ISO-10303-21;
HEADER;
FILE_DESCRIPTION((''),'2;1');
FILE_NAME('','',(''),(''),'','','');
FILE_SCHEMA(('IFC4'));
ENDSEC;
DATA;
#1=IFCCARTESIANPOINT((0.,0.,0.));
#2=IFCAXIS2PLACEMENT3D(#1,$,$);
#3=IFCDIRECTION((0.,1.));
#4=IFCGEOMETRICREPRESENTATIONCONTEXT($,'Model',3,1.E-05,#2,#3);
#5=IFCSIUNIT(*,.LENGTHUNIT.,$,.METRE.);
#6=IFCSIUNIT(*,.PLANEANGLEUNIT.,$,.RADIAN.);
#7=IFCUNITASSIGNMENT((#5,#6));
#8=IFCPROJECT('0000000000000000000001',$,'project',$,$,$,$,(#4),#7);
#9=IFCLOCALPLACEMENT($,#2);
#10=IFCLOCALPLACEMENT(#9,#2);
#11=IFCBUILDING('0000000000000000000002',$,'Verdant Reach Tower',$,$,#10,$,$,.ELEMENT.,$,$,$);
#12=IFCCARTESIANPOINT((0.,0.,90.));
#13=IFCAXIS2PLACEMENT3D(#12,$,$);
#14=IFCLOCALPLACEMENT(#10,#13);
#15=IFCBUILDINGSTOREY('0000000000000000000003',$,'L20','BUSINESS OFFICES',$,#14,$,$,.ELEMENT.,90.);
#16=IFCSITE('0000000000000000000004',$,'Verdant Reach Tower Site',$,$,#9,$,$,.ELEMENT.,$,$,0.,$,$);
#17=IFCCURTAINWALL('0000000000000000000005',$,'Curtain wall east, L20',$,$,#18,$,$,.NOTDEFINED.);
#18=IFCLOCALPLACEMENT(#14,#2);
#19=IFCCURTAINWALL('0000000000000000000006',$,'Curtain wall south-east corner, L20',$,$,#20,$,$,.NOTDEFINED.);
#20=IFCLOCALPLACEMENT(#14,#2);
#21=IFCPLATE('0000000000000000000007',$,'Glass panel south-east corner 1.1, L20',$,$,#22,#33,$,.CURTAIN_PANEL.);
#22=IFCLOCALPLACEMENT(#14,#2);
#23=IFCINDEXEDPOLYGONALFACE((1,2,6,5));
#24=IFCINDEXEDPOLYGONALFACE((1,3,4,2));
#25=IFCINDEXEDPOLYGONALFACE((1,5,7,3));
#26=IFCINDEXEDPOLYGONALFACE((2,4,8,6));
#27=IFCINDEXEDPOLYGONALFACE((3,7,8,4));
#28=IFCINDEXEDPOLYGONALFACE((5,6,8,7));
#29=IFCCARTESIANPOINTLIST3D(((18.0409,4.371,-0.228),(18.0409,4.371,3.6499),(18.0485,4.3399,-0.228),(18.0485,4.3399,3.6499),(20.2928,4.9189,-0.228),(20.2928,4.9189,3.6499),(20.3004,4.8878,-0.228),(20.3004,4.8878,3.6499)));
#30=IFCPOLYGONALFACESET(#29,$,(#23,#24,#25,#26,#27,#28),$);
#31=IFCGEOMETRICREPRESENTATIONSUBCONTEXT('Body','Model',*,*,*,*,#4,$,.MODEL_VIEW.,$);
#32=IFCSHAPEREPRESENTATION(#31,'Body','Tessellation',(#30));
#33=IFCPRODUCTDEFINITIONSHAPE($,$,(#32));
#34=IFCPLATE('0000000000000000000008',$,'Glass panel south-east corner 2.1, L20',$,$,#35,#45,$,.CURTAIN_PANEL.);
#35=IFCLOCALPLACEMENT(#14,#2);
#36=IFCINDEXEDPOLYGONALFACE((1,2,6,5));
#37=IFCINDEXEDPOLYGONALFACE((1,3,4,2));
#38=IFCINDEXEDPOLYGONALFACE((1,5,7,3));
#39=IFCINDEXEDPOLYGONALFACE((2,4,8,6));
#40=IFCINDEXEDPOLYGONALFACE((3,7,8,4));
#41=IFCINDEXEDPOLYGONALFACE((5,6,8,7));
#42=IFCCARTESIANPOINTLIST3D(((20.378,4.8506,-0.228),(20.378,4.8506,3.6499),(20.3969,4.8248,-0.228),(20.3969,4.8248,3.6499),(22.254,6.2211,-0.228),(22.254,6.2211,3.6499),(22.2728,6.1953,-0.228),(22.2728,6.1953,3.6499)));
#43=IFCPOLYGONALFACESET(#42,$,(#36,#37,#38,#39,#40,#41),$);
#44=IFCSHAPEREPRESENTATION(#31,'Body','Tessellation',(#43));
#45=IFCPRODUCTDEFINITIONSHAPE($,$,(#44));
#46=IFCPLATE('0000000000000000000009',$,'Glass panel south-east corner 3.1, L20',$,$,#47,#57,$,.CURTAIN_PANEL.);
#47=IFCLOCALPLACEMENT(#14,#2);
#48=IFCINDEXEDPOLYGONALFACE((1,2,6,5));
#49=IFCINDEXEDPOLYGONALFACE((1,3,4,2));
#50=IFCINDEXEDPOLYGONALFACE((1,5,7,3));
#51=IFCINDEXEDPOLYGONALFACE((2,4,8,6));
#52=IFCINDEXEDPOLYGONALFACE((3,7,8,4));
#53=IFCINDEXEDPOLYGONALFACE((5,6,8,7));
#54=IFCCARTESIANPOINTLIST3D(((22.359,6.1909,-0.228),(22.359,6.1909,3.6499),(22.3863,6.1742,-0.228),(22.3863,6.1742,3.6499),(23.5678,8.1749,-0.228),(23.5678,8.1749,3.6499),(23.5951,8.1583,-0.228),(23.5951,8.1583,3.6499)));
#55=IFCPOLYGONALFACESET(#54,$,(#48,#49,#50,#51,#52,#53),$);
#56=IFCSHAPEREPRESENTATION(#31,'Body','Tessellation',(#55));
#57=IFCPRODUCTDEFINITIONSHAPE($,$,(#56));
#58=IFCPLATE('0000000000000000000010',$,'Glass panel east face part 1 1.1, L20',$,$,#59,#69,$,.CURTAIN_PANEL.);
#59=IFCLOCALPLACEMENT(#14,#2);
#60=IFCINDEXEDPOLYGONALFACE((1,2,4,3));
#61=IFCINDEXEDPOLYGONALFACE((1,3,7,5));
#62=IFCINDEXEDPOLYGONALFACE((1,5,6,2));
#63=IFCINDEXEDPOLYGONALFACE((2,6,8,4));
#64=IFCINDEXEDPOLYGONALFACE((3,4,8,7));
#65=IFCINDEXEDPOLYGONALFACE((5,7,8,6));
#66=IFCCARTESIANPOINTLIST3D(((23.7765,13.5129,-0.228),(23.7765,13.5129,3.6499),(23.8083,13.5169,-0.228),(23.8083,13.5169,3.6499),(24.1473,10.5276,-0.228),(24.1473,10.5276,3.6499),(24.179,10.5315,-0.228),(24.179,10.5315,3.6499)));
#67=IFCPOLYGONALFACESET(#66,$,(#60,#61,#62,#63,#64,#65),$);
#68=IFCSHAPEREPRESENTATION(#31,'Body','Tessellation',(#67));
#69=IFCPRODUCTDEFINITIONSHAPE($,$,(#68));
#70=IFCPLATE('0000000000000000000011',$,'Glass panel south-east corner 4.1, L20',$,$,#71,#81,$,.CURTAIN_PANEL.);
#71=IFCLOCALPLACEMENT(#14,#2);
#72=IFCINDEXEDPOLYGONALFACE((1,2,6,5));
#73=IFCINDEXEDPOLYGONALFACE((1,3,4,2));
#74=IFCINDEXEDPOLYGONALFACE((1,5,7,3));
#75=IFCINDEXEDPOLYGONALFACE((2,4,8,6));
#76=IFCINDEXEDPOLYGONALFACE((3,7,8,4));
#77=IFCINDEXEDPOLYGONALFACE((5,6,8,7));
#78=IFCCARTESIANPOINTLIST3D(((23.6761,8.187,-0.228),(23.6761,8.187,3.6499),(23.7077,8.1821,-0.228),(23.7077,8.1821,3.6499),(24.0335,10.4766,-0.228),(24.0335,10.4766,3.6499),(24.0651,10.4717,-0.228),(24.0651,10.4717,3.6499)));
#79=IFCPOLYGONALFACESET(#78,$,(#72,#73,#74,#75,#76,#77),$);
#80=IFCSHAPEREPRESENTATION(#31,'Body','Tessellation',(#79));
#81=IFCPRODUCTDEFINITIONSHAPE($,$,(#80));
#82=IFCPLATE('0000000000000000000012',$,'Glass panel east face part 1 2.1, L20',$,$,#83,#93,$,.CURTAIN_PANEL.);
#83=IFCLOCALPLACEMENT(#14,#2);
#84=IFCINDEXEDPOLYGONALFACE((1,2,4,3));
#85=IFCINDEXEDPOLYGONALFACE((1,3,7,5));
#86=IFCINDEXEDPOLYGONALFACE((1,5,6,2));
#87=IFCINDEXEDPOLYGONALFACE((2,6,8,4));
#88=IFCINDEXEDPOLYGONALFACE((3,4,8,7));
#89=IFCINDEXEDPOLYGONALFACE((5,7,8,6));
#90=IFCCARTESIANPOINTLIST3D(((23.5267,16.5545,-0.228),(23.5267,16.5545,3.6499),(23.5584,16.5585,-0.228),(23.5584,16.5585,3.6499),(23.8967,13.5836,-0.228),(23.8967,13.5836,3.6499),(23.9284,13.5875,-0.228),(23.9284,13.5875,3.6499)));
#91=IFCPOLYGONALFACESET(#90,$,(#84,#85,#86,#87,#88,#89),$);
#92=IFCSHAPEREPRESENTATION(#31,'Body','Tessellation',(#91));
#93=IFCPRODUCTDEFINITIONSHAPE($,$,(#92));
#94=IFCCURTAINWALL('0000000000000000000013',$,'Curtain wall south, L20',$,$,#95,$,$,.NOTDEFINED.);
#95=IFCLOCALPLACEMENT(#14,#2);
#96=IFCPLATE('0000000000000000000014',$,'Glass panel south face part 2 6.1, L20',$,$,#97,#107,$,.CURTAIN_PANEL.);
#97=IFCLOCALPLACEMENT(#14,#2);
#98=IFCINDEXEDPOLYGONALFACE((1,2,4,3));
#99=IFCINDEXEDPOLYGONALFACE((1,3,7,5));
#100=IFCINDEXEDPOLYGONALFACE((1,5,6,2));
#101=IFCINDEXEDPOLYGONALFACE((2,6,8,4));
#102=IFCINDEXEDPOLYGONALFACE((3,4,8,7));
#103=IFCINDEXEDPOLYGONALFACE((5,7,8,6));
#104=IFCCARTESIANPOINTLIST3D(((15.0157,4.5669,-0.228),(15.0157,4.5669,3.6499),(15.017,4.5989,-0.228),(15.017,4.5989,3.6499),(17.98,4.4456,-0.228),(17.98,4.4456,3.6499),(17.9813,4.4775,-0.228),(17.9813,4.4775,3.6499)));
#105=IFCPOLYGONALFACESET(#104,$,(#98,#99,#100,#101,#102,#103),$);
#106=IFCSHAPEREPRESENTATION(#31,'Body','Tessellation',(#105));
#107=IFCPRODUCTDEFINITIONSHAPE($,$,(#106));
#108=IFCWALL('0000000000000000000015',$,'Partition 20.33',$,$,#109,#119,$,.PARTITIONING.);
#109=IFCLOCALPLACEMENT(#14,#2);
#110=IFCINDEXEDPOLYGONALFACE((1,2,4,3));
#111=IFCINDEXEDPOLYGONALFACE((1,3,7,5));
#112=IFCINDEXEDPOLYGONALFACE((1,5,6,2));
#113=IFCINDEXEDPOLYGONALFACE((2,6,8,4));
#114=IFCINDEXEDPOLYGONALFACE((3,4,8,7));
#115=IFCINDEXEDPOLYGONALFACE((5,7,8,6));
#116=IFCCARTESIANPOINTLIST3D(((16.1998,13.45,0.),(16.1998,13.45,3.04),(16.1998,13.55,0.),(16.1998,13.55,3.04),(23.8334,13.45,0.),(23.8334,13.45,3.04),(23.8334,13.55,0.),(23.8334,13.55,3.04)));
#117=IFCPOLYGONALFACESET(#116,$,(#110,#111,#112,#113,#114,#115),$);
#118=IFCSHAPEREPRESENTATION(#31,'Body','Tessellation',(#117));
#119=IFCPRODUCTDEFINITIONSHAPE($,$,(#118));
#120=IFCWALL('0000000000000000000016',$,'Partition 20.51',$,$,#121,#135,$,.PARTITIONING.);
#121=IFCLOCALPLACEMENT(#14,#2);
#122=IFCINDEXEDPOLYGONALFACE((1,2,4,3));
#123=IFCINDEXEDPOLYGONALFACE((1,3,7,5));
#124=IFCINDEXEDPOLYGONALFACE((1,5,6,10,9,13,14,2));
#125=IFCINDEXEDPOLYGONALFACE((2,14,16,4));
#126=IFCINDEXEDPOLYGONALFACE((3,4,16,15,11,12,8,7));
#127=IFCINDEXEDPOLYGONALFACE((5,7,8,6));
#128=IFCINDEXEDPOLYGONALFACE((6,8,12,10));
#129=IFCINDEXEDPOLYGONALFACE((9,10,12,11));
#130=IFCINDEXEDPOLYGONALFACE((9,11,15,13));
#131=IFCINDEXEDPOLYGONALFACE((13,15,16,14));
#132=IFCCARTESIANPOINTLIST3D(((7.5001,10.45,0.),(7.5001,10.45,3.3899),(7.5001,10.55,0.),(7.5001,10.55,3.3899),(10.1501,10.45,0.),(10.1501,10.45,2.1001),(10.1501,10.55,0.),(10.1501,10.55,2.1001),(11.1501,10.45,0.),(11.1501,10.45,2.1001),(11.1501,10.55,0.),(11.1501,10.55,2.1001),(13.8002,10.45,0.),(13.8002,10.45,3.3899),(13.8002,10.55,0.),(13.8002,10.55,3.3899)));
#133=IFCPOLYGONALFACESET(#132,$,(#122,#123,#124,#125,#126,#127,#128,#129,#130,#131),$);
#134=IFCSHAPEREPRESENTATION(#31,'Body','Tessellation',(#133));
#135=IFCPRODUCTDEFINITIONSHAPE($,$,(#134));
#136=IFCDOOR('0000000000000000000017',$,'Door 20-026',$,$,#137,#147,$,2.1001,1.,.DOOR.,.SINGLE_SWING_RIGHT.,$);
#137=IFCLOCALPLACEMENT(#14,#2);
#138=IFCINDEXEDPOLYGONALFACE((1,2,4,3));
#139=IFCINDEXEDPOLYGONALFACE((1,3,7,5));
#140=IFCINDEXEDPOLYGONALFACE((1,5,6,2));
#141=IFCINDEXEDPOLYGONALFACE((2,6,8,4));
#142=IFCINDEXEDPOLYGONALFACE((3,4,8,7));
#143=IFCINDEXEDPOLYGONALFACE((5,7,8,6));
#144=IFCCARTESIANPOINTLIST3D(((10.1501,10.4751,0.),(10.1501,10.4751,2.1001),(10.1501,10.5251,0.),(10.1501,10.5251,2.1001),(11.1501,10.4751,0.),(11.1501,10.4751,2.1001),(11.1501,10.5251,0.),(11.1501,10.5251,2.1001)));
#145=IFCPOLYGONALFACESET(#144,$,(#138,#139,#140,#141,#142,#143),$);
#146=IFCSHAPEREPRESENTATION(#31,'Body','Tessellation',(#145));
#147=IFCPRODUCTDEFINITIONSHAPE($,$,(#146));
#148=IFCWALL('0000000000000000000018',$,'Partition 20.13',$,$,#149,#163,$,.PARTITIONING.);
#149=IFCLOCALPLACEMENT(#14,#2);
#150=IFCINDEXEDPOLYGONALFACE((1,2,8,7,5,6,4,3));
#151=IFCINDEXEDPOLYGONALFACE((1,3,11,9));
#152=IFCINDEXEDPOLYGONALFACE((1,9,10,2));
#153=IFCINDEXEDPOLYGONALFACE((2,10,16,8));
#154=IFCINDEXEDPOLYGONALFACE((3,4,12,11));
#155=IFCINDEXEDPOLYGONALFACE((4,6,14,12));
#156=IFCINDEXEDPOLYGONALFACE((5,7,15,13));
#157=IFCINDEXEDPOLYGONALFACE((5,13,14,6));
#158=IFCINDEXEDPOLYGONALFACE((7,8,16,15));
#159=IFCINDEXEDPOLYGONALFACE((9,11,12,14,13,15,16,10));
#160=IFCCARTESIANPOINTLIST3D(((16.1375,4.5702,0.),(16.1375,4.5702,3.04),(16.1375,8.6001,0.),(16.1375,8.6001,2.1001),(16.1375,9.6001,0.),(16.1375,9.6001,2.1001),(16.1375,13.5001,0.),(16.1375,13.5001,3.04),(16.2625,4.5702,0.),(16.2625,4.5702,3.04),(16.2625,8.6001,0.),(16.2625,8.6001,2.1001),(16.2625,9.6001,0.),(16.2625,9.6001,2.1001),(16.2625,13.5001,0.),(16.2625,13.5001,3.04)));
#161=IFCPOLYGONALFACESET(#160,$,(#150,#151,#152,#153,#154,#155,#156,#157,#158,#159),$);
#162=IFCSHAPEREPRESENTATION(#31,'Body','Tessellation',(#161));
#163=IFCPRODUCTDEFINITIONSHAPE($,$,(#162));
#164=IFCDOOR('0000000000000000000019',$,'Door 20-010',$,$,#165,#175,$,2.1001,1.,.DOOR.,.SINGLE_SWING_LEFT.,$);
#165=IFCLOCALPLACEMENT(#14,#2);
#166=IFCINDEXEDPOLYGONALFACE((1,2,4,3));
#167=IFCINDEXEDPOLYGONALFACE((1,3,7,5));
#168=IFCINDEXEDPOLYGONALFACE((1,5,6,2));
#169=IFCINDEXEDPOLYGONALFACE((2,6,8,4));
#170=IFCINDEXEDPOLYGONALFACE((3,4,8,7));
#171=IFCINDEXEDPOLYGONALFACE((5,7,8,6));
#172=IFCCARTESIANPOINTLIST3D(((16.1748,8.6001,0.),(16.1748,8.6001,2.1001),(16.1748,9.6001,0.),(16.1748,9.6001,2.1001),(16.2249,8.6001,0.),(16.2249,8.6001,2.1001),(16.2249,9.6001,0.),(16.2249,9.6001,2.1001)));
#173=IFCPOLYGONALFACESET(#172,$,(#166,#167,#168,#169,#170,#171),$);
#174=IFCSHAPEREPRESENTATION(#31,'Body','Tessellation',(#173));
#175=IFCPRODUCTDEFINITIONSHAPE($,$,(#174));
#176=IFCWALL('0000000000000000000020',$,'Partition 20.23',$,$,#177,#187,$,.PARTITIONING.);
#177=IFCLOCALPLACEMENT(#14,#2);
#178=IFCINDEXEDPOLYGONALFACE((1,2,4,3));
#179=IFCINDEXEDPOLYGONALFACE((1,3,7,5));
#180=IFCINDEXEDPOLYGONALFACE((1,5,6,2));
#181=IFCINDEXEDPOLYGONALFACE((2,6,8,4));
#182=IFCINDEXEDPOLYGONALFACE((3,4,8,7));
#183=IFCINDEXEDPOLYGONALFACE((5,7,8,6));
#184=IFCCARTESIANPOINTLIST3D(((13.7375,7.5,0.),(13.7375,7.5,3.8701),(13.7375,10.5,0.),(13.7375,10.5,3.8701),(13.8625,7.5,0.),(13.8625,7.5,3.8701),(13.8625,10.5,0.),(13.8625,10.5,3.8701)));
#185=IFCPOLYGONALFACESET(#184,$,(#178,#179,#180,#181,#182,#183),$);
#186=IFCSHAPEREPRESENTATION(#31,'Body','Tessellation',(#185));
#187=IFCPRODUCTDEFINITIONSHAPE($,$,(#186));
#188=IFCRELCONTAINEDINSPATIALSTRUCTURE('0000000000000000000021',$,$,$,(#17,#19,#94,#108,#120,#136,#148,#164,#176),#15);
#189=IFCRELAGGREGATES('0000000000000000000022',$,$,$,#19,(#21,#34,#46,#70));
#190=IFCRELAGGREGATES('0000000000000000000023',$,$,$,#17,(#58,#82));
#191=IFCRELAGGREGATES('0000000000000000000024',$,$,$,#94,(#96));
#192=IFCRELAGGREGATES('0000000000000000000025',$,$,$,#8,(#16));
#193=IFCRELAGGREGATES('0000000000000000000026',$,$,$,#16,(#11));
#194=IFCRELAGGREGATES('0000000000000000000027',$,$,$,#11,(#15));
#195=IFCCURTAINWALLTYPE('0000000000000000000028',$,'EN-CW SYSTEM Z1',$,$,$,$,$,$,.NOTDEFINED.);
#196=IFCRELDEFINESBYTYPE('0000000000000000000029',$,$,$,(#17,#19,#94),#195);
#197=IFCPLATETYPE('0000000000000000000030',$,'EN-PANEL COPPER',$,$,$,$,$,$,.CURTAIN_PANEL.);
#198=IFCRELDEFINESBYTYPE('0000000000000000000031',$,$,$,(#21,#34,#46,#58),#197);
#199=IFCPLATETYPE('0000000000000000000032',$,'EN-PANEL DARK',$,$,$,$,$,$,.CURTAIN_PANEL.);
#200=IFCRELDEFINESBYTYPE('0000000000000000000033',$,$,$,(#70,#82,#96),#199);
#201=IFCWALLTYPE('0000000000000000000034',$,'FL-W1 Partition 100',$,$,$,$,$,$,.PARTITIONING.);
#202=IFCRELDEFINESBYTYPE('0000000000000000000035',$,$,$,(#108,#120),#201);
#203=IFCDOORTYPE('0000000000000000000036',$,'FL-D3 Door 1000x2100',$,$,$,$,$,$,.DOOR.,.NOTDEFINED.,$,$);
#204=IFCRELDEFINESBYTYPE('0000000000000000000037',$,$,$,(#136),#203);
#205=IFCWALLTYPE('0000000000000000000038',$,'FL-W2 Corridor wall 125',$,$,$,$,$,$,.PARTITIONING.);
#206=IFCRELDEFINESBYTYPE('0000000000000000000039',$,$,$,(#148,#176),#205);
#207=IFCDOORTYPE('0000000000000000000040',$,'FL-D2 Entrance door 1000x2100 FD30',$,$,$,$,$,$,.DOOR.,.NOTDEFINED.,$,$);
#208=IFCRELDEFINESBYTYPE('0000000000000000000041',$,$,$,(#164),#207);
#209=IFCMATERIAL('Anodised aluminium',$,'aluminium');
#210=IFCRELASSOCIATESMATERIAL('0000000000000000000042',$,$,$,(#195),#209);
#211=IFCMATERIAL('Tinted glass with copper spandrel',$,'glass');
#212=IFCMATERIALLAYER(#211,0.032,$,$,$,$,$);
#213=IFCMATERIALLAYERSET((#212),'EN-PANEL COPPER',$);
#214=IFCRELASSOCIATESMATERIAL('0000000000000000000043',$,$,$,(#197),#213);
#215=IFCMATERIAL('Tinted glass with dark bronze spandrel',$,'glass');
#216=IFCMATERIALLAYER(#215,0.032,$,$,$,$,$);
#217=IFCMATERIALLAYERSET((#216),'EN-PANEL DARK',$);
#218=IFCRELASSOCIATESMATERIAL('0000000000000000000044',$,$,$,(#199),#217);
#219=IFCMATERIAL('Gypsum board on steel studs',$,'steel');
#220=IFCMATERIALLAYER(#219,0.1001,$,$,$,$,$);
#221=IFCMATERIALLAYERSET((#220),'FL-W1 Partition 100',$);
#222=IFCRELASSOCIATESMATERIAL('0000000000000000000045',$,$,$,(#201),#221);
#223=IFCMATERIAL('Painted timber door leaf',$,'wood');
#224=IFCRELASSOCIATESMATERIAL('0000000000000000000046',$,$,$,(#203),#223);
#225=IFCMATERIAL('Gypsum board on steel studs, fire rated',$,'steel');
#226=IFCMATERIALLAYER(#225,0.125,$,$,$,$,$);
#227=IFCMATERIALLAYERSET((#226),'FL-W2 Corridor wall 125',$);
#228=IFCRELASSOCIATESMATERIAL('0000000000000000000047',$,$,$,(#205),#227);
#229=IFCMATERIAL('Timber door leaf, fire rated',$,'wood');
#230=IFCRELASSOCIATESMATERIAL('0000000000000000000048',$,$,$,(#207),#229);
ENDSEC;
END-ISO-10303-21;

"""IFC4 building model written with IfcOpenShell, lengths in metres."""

from ifc_helpers import new_model, si_unit, direction, frame, frame_2d, origin, origin_2d, place, context, subcontext, project, spatial, rectangle, extrude, material, layer, layer_set, type_object, element, fill, aggregate, save


model = new_model("IFC4")

# Units and contexts
model_context = context("Model", 3, precision=1e-05, world=origin(), true_north=direction((0.0, 1.0)))
body_context = subcontext(model_context, "Body", "Model", "MODEL_VIEW")
ifc_project = project(units=[si_unit("LENGTHUNIT", "METRE"), si_unit("PLANEANGLEUNIT", "RADIAN")], contexts=[model_context])

# Site, building, storey
site_placement = place(None, origin())
site = spatial("IfcSite", under=ifc_project, at=site_placement, Name="Verdant Reach Tower Site", CompositionType="ELEMENT", RefElevation=0.0)
building_placement = place(site_placement, origin())
building = spatial("IfcBuilding", under=site, at=building_placement, Name="Verdant Reach Tower", CompositionType="ELEMENT")
storey_placement = place(building_placement, frame((0.0, 0.0, 90.0)))
storey = spatial("IfcBuildingStorey", under=building, at=storey_placement, Name="L20", Description="BUSINESS OFFICES", CompositionType="ELEMENT", Elevation=90.0)

# Curtain wall
ifc_material_1 = material(Name="Anodised aluminium", Category="aluminium")
curtain_wall_type = type_object("IfcCurtainWallType", Name="EN-CW SYSTEM Z1", PredefinedType="NOTDEFINED", material=ifc_material_1)
curtain_wall_1_placement = place(storey_placement, origin())
curtain_wall_1 = element("IfcCurtainWall", 1, at=curtain_wall_1_placement, inside=storey, type_object=curtain_wall_type, Name="Curtain wall east, L20", PredefinedType="NOTDEFINED")

# Curtain wall, plates
curtain_wall_2_placement = place(storey_placement, origin())
curtain_wall_2 = element("IfcCurtainWall", 2, at=curtain_wall_2_placement, inside=storey, type_object=curtain_wall_type, Name="Curtain wall south-east corner, L20", PredefinedType="NOTDEFINED")
ifc_material_2 = material(Name="Tinted glass with copper spandrel", Category="glass")
ifc_layer_1 = layer(ifc_material_2, 0.032)
ifc_layer_set_1 = layer_set([ifc_layer_1], Name="EN-PANEL COPPER")
plate_type_1 = type_object("IfcPlateType", Name="EN-PANEL COPPER", PredefinedType="CURTAIN_PANEL", material=ifc_layer_set_1)
plate_1_placement = place(storey_placement, frame((19.1707, 4.6294, -0.228), z_axis=(0.0, 0.0, 1.0), x_axis=(0.971661, 0.23638, 0.0)))
plate_1 = element("IfcPlate", 3, at=plate_1_placement, type_object=plate_type_1, Name="Glass panel south-east corner 1.1, L20", PredefinedType="CURTAIN_PANEL", context=body_context, shape_type="SweptSolid", body=[
    extrude(rectangle(XDim=2.3176, YDim=0.032, at=origin_2d()), origin(), (0.0, 0.0, 1.0), 3.8779),
])
plate_2_placement = place(storey_placement, frame((21.3254, 5.5229, -0.228), z_axis=(0.0, 0.0, 1.0), x_axis=(0.807457, 0.589927, 0.0)))
plate_2 = element("IfcPlate", 4, at=plate_2_placement, type_object=plate_type_1, Name="Glass panel south-east corner 2.1, L20", PredefinedType="CURTAIN_PANEL", context=body_context, shape_type="SweptSolid", body=[
    extrude(rectangle(XDim=2.3232, YDim=0.032, at=origin_2d()), origin(), (0.0, 0.0, 1.0), 3.8779),
])
plate_3_placement = place(storey_placement, frame((22.9771, 7.1746, -0.228), z_axis=(0.0, 0.0, 1.0), x_axis=(0.520292, 0.853989, 0.0)))
plate_3 = element("IfcPlate", 5, at=plate_3_placement, type_object=plate_type_1, Name="Glass panel south-east corner 3.1, L20", PredefinedType="CURTAIN_PANEL", context=body_context, shape_type="SweptSolid", body=[
    extrude(rectangle(XDim=2.3232, YDim=0.032, at=origin_2d()), origin(), (0.0, 0.0, 1.0), 3.8779),
])

# Plates
plate_4_placement = place(storey_placement, frame((23.9778, 12.0222, -0.228), z_axis=(0.0, 0.0, 1.0), x_axis=(-0.123256, 0.992375, 0.0)))
plate_4 = element("IfcPlate", 6, at=plate_4_placement, type_object=plate_type_1, Name="Glass panel east face part 1 1.1, L20", PredefinedType="CURTAIN_PANEL", context=body_context, shape_type="SweptSolid", body=[
    extrude(rectangle(XDim=3.0083, YDim=0.032, at=origin_2d()), origin(), (0.0, 0.0, 1.0), 3.8779),
])
ifc_material_3 = material(Name="Tinted glass with dark bronze spandrel", Category="glass")
ifc_layer_2 = layer(ifc_material_3, 0.032)
ifc_layer_set_2 = layer_set([ifc_layer_2], Name="EN-PANEL DARK")
plate_type_2 = type_object("IfcPlateType", Name="EN-PANEL DARK", PredefinedType="CURTAIN_PANEL", material=ifc_layer_set_2)
plate_5_placement = place(storey_placement, frame((23.8706, 9.3293, -0.228), z_axis=(0.0, 0.0, 1.0), x_axis=(0.154248, 0.988032, 0.0)))
plate_5 = element("IfcPlate", 7, at=plate_5_placement, type_object=plate_type_2, Name="Glass panel south-east corner 4.1, L20", PredefinedType="CURTAIN_PANEL", context=body_context, shape_type="SweptSolid", body=[
    extrude(rectangle(XDim=2.3174, YDim=0.032, at=origin_2d()), origin(), (0.0, 0.0, 1.0), 3.8779),
])
aggregate(curtain_wall_2, [plate_1, plate_2, plate_3, plate_5])
plate_6_placement = place(storey_placement, frame((23.7275, 15.071, -0.228), z_axis=(0.0, 0.0, 1.0), x_axis=(-0.123579, 0.992335, 0.0)))
plate_6 = element("IfcPlate", 8, at=plate_6_placement, type_object=plate_type_2, Name="Glass panel east face part 1 2.1, L20", PredefinedType="CURTAIN_PANEL", context=body_context, shape_type="SweptSolid", body=[
    extrude(rectangle(XDim=2.9939, YDim=0.032, at=origin_2d()), origin(), (0.0, 0.0, 1.0), 3.8779),
])
aggregate(curtain_wall_1, [plate_4, plate_6])

# Curtain wall, plate
curtain_wall_3_placement = place(storey_placement, origin())
curtain_wall_3 = element("IfcCurtainWall", 9, at=curtain_wall_3_placement, inside=storey, type_object=curtain_wall_type, Name="Curtain wall south, L20", PredefinedType="NOTDEFINED")
plate_7_placement = place(storey_placement, frame((16.4985, 4.5222, -0.228), z_axis=(0.0, 0.0, 1.0), x_axis=(0.999163, -0.04091, 0.0)))
plate_7 = element("IfcPlate", 10, at=plate_7_placement, type_object=plate_type_2, Name="Glass panel south face part 2 6.1, L20", PredefinedType="CURTAIN_PANEL", context=body_context, shape_type="SweptSolid", body=[
    extrude(rectangle(XDim=2.9668, YDim=0.032, at=origin_2d()), origin(), (0.0, 0.0, 1.0), 3.8779),
])
aggregate(curtain_wall_3, [plate_7])

# Wall
ifc_material_4 = material(Name="Gypsum board on steel studs", Category="steel")
ifc_layer_3 = layer(ifc_material_4, 0.1001)
ifc_layer_set_3 = layer_set([ifc_layer_3], Name="FL-W1 Partition 100")
wall_type_1 = type_object("IfcWallType", Name="FL-W1 Partition 100", PredefinedType="PARTITIONING", material=ifc_layer_set_3)
wall_1_placement = place(storey_placement, frame((23.8335, 13.5, 0.0), z_axis=(0.0, 0.0, 1.0), x_axis=(-1.0, 0.0, 0.0)))
element("IfcWall", 11, at=wall_1_placement, inside=storey, type_object=wall_type_1, Name="Partition 20.33", PredefinedType="PARTITIONING", context=body_context, shape_type="SweptSolid", body=[
    extrude(rectangle(XDim=7.6335, YDim=0.1001, at=frame_2d((3.8169, 0.0))), origin(), (0.0, 0.0, 1.0), 3.04),
])

# Walls, openings, doors
wall_2_placement = place(storey_placement, frame((13.8, 10.5, 0.0), z_axis=(0.0, 0.0, 1.0), x_axis=(-1.0, 0.0, 0.0)))
wall_2 = element("IfcWall", 12, at=wall_2_placement, inside=storey, type_object=wall_type_1, Name="Partition 20.51", PredefinedType="PARTITIONING", context=body_context, shape_type="SweptSolid", body=[
    extrude(rectangle(XDim=6.3, YDim=0.1001, at=frame_2d((3.1499, 0.0))), origin(), (0.0, 0.0, 1.0), 3.3899),
])
opening_1_placement = place(wall_2_placement, frame((2.6499, 0.0, 0.0)))
opening_1 = element("IfcOpeningElement", 13, at=opening_1_placement, cuts=wall_2, PredefinedType="OPENING", context=body_context, shape_type="SweptSolid", body=[
    extrude(rectangle(XDim=1.0, YDim=2.1001, at=frame_2d((0.5, 1.05))), frame((0.0, 0.0601, 0.0), z_axis=(0.0, -1.0, 0.0), x_axis=(1.0, 0.0, 0.0)), (0.0, 0.0, 1.0), 0.1201),
])
ifc_material_5 = material(Name="Painted timber door leaf", Category="wood")
door_type_1 = type_object("IfcDoorType", Name="FL-D3 Door 1000x2100", OperationType="NOTDEFINED", PredefinedType="DOOR", material=ifc_material_5)
door_1_placement = place(opening_1_placement, origin())
door_1 = element("IfcDoor", 14, at=door_1_placement, inside=storey, type_object=door_type_1, Name="Door 20-026", OperationType="SINGLE_SWING_RIGHT", OverallHeight=2.1001, OverallWidth=1.0, PredefinedType="DOOR", context=body_context, shape_type="SweptSolid", body=[
    extrude(rectangle(XDim=1.0, YDim=2.1001, at=frame_2d((0.5, 1.05))), frame((0.0, 0.0249, 0.0), z_axis=(0.0, -1.0, 0.0), x_axis=(1.0, 0.0, 0.0)), (0.0, 0.0, 1.0), 0.05),
])
fill(opening_1, door_1)
ifc_material_6 = material(Name="Gypsum board on steel studs, fire rated", Category="steel")
ifc_layer_4 = layer(ifc_material_6, 0.125)
ifc_layer_set_4 = layer_set([ifc_layer_4], Name="FL-W2 Corridor wall 125")
wall_type_2 = type_object("IfcWallType", Name="FL-W2 Corridor wall 125", PredefinedType="PARTITIONING", material=ifc_layer_set_4)
wall_3_placement = place(storey_placement, frame((16.2, 13.5, 0.0), z_axis=(0.0, 0.0, 1.0), x_axis=(0.0, -1.0, 0.0)))
wall_3 = element("IfcWall", 15, at=wall_3_placement, inside=storey, type_object=wall_type_2, Name="Partition 20.13", PredefinedType="PARTITIONING", context=body_context, shape_type="SweptSolid", body=[
    extrude(rectangle(XDim=8.9299, YDim=0.125, at=frame_2d((4.4648, 0.0))), origin(), (0.0, 0.0, 1.0), 3.04),
])
opening_2_placement = place(wall_3_placement, frame((3.8999, 0.0, 0.0)))
opening_2 = element("IfcOpeningElement", 16, at=opening_2_placement, cuts=wall_3, PredefinedType="OPENING", context=body_context, shape_type="SweptSolid", body=[
    extrude(rectangle(XDim=1.0, YDim=2.1001, at=frame_2d((0.5, 1.05))), frame((0.0, 0.0725, 0.0), z_axis=(0.0, -1.0, 0.0), x_axis=(1.0, 0.0, 0.0)), (0.0, 0.0, 1.0), 0.145),
])
ifc_material_7 = material(Name="Timber door leaf, fire rated", Category="wood")
door_type_2 = type_object("IfcDoorType", Name="FL-D2 Entrance door 1000x2100 FD30", OperationType="NOTDEFINED", PredefinedType="DOOR", material=ifc_material_7)
door_2_placement = place(opening_2_placement, origin())
door_2 = element("IfcDoor", 17, at=door_2_placement, inside=storey, type_object=door_type_2, Name="Door 20-010", OperationType="SINGLE_SWING_LEFT", OverallHeight=2.1001, OverallWidth=1.0, PredefinedType="DOOR", context=body_context, shape_type="SweptSolid", body=[
    extrude(rectangle(XDim=1.0, YDim=2.1001, at=frame_2d((0.5, 1.05))), frame((0.0, 0.0249, 0.0), z_axis=(0.0, -1.0, 0.0), x_axis=(1.0, 0.0, 0.0)), (0.0, 0.0, 1.0), 0.05),
])
fill(opening_2, door_2)

# Wall
wall_4_placement = place(storey_placement, frame((13.8, 10.5, 0.0), z_axis=(0.0, 0.0, 1.0), x_axis=(0.0, -1.0, 0.0)))
element("IfcWall", 18, at=wall_4_placement, inside=storey, type_object=wall_type_2, Name="Partition 20.23", PredefinedType="PARTITIONING", context=body_context, shape_type="SweptSolid", body=[
    extrude(rectangle(XDim=3.0, YDim=0.125, at=frame_2d((1.5, 0.0))), origin(), (0.0, 0.0, 1.0), 3.8701),
])

save(model, "model.ifc")
